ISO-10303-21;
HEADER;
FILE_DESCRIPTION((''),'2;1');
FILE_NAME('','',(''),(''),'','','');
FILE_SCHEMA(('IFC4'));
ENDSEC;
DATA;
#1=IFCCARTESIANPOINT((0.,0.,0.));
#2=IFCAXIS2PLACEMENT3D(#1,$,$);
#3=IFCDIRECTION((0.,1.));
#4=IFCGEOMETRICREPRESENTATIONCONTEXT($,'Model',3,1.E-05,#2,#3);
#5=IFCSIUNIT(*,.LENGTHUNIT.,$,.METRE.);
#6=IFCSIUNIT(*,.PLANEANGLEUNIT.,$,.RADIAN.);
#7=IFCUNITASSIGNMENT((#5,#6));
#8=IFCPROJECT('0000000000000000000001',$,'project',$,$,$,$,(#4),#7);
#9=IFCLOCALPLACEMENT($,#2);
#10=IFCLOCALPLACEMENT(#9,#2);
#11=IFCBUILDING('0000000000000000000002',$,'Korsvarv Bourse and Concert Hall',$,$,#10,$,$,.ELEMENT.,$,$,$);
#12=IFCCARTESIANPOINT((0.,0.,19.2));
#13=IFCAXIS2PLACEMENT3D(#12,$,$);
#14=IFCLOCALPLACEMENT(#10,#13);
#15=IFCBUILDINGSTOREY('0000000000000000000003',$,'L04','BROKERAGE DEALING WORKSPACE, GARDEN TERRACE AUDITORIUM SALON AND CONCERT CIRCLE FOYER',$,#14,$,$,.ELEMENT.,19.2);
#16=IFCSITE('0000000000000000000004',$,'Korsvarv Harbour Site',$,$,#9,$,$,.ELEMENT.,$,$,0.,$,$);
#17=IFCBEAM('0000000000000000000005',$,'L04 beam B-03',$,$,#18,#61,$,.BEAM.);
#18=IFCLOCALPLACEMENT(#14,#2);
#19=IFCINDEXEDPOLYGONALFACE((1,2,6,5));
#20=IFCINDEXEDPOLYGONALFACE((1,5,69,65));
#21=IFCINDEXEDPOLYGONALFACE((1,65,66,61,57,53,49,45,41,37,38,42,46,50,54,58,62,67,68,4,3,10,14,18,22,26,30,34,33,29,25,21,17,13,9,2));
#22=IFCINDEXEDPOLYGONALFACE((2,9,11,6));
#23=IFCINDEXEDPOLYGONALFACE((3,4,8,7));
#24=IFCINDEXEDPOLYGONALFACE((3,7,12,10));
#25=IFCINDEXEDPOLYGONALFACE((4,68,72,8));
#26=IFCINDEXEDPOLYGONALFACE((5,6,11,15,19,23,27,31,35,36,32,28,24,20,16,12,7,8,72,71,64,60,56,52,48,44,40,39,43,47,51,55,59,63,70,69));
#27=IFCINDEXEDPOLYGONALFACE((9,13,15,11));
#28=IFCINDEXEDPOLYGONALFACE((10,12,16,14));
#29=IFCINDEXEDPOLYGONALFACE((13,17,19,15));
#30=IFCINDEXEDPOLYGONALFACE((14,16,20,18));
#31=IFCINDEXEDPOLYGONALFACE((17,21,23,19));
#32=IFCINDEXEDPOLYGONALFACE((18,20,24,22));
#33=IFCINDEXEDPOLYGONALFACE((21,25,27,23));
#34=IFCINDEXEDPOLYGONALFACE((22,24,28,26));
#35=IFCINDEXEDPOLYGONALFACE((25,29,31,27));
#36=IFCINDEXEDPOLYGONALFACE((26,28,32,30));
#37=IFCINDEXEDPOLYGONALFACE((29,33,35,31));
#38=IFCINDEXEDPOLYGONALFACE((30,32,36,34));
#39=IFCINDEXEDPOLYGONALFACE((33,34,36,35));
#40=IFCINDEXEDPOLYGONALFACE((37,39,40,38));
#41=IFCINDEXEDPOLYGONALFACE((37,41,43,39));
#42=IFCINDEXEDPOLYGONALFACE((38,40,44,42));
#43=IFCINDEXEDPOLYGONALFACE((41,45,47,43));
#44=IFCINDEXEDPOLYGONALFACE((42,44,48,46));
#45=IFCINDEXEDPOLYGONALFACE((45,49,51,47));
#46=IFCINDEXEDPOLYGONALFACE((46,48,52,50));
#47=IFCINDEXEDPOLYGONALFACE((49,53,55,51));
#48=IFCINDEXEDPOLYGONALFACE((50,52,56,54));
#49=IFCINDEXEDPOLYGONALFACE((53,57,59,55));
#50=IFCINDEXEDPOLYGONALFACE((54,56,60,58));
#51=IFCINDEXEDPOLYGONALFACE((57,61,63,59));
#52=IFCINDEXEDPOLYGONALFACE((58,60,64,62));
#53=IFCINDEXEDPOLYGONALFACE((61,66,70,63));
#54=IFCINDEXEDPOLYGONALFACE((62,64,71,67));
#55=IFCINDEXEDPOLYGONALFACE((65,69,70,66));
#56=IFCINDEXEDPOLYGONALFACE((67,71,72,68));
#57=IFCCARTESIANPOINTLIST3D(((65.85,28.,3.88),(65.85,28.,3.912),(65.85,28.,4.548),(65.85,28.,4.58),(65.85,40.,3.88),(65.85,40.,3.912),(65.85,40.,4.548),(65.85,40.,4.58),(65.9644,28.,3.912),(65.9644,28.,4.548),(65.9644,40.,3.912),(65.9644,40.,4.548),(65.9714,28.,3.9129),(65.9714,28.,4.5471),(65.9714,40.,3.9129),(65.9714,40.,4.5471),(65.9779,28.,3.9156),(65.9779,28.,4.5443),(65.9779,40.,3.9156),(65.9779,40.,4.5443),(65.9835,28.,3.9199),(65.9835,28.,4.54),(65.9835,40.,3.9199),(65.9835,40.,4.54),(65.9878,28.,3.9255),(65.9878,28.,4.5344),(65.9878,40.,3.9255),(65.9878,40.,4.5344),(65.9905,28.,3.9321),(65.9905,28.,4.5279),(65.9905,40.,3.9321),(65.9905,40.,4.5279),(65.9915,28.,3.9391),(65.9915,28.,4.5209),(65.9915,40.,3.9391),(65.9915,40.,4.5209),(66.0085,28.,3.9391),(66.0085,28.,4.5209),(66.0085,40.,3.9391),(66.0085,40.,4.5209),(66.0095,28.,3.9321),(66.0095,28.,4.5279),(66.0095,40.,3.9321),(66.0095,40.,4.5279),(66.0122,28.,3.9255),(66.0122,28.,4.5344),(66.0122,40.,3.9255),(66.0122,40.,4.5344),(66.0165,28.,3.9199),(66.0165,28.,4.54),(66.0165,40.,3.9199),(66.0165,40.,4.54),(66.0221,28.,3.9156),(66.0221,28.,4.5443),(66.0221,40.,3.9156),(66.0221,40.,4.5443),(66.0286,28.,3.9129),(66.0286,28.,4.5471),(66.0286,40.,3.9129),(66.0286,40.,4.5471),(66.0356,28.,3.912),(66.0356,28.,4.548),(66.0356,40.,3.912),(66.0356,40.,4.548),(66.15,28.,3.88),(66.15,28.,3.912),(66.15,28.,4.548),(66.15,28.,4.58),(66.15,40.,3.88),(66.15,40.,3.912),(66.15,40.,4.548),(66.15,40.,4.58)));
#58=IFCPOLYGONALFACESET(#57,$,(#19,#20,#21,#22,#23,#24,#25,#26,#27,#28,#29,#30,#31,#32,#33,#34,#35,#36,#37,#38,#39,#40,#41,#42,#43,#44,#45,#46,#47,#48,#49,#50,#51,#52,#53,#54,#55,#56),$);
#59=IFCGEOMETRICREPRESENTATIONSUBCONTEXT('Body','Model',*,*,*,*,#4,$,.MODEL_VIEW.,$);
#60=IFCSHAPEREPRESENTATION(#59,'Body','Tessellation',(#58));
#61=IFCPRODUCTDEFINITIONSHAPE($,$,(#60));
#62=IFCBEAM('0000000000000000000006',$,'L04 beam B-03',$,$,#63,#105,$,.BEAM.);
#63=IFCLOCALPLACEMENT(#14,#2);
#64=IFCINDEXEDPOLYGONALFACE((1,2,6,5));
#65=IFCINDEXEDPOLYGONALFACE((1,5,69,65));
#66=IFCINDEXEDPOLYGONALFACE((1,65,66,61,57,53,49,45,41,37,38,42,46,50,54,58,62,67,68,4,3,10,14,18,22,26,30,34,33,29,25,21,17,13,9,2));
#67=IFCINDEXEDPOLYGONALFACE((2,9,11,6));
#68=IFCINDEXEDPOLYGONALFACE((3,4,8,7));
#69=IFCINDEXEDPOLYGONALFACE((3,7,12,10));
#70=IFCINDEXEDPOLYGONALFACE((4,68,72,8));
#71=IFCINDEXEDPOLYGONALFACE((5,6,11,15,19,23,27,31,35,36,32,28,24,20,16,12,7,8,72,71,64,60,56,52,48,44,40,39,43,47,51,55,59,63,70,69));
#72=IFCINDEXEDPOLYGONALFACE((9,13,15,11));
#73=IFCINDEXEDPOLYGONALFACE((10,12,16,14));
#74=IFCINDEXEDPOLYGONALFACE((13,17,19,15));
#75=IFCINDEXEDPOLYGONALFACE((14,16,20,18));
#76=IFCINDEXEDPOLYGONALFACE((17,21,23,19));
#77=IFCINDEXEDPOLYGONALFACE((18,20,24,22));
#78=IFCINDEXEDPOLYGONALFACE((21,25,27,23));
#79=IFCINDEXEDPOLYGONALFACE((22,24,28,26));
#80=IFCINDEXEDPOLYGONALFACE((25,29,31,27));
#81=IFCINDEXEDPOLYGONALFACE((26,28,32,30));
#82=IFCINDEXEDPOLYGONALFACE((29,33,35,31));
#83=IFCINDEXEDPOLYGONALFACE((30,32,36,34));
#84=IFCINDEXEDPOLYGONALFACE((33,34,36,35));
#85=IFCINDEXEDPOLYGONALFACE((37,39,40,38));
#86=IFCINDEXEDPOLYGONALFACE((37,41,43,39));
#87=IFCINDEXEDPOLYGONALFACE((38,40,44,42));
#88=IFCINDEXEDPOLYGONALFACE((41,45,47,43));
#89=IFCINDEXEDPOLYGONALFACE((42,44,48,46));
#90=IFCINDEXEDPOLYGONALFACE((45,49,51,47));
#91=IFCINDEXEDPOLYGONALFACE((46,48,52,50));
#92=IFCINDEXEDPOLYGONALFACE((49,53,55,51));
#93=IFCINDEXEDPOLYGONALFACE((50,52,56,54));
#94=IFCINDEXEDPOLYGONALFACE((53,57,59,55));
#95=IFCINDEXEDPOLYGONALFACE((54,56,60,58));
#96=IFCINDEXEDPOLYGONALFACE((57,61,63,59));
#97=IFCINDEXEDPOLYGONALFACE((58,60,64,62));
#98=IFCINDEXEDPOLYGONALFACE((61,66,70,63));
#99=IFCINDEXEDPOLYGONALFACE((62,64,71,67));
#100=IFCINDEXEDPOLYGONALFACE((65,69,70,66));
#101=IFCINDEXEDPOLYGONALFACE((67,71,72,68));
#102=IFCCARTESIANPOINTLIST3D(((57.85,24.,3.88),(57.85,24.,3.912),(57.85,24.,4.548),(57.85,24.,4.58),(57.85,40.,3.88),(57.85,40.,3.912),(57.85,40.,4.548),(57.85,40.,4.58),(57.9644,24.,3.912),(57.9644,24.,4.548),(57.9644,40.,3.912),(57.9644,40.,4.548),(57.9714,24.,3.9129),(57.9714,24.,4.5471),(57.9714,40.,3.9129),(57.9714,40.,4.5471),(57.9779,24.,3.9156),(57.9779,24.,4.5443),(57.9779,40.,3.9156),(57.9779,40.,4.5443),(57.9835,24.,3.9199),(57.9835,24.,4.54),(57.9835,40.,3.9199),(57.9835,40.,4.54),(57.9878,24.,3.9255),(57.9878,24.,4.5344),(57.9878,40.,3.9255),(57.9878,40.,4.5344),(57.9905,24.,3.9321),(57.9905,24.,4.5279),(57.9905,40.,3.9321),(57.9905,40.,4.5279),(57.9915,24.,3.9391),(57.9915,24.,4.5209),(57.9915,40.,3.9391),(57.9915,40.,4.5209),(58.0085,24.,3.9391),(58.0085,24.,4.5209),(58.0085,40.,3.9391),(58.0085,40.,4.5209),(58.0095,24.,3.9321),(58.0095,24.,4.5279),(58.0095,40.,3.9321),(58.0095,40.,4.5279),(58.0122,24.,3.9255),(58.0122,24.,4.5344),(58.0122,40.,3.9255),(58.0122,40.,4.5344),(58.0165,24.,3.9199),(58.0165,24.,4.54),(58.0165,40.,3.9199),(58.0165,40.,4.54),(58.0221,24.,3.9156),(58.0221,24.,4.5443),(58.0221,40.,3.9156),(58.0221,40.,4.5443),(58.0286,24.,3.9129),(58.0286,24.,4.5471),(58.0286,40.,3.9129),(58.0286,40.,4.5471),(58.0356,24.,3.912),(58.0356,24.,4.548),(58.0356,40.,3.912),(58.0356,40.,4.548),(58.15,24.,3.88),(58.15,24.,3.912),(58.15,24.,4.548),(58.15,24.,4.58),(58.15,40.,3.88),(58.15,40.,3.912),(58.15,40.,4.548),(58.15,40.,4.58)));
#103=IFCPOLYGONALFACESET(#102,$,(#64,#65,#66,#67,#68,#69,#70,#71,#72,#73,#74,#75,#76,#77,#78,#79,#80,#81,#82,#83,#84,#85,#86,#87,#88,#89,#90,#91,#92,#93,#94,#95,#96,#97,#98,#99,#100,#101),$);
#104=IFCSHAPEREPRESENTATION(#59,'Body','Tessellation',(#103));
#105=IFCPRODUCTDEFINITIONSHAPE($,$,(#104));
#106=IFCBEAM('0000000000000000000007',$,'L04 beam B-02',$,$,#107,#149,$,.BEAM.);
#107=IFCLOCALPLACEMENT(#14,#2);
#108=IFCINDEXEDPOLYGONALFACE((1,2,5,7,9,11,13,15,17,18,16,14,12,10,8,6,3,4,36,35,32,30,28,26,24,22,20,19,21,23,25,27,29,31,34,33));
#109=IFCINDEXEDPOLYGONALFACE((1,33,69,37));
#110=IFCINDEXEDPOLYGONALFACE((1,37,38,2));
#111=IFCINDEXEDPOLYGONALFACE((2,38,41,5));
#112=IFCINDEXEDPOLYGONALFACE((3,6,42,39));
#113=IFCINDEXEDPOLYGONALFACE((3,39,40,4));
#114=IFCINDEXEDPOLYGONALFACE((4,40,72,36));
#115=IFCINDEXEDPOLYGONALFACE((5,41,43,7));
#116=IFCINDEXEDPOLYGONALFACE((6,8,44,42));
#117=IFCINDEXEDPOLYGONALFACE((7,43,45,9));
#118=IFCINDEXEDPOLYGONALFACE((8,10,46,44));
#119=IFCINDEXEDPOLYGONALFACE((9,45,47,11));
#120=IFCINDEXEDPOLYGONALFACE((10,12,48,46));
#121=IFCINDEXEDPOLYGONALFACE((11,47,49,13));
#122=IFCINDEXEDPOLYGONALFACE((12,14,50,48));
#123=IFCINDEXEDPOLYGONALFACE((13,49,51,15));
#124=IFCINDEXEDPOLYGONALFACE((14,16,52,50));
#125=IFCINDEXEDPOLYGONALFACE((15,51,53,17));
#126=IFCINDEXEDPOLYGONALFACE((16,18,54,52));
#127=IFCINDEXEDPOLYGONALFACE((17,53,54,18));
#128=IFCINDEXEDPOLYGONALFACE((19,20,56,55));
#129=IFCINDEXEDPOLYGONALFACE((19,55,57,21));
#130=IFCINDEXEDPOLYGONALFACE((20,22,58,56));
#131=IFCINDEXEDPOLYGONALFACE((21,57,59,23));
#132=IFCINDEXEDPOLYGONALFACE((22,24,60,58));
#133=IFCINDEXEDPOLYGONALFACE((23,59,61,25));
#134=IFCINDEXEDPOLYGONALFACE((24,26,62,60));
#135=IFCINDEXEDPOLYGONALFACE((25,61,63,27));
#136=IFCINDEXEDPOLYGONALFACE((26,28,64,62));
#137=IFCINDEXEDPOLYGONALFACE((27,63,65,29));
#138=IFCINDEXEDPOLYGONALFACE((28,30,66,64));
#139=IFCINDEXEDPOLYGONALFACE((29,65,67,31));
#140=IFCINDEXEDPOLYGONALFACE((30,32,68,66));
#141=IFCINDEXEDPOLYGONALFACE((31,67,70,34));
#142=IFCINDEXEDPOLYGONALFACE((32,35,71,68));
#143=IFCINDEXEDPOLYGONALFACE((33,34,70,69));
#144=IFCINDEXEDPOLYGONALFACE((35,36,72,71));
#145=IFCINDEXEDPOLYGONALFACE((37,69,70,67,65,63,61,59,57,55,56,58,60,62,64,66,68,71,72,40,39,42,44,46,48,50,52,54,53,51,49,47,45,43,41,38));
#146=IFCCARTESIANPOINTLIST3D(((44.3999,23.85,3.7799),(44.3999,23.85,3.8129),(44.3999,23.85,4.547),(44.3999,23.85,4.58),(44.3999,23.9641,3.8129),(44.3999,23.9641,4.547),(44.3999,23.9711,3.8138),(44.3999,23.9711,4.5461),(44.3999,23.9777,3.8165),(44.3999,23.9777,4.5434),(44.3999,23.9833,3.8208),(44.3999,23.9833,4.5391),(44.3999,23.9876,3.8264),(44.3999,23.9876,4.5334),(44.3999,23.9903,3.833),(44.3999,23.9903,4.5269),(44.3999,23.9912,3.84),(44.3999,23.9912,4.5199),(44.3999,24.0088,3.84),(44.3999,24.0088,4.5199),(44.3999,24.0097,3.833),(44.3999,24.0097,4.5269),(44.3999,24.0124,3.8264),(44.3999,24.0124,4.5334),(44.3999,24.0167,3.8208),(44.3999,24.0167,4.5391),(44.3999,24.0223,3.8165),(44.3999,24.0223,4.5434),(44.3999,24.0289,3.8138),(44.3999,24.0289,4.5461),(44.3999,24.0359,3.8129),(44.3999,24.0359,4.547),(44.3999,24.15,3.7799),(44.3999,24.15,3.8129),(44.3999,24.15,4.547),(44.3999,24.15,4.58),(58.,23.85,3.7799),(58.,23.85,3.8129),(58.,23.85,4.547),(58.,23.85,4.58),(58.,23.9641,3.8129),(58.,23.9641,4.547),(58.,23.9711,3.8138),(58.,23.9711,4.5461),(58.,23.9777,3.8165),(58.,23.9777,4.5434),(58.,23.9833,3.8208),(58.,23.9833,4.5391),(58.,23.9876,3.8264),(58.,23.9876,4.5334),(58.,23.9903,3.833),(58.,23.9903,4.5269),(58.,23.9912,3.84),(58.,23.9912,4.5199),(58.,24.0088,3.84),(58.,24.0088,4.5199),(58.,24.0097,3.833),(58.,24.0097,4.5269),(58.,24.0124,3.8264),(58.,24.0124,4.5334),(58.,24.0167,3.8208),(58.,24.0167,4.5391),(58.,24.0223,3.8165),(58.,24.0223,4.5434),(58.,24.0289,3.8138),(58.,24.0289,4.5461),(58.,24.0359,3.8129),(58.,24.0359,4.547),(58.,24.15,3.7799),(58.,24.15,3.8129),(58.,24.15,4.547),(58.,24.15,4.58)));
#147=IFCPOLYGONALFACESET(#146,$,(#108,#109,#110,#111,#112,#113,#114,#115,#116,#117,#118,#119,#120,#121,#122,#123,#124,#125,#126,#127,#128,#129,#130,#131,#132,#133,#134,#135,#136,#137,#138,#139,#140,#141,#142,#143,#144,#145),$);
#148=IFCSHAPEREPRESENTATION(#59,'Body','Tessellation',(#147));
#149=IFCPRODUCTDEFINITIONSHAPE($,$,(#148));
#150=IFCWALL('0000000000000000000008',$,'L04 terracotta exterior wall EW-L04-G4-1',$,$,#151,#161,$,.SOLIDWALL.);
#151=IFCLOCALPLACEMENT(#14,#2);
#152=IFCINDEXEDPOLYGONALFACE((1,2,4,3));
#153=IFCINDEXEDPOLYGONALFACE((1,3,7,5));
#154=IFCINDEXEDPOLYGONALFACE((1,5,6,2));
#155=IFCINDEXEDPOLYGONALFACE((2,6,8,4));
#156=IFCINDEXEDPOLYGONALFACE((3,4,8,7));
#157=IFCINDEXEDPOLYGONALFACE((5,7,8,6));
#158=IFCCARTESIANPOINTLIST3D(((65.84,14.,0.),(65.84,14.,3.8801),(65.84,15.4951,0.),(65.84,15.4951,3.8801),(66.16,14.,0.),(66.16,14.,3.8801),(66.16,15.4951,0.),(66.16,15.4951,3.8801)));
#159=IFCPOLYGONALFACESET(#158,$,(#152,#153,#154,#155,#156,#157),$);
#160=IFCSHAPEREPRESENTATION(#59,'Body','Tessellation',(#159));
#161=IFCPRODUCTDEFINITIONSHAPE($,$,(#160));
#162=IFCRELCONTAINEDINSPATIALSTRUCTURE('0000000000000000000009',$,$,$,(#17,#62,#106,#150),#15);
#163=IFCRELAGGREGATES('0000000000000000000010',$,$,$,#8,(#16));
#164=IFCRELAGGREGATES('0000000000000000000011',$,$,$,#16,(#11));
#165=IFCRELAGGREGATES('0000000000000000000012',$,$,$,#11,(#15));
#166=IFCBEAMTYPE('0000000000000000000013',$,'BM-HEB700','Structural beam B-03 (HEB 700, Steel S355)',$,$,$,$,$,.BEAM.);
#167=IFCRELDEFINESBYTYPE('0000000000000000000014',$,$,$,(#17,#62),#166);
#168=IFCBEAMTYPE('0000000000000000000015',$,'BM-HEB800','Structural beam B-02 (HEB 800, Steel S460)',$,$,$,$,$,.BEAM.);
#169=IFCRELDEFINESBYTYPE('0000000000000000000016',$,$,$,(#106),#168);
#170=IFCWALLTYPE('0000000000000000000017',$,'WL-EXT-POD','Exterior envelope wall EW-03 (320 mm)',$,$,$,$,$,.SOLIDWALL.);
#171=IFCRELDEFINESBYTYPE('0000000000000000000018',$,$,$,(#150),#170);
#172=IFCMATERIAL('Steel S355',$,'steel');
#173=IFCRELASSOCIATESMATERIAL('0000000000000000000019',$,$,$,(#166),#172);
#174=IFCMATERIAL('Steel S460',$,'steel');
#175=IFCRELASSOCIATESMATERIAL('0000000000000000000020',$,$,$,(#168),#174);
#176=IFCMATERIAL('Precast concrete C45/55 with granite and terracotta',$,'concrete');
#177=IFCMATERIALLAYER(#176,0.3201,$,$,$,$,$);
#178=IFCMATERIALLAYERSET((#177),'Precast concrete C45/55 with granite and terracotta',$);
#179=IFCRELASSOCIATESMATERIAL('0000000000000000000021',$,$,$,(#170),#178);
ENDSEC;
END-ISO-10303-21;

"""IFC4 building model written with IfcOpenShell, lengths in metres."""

from ifc_helpers import new_model, si_unit, direction, frame, frame_2d, origin, origin_2d, place, context, subcontext, project, spatial, rectangle, i_section, extrude, source, transform, mapped, material, layer, layer_set, material_profile, profile_set, type_object, element, save


model = new_model("IFC4")

# Units and contexts
model_context = context("Model", 3, precision=1e-05, world=origin(), true_north=direction((0.0, 1.0)))
body_context = subcontext(model_context, "Body", "Model", "MODEL_VIEW")
ifc_project = project(units=[si_unit("LENGTHUNIT", "METRE"), si_unit("PLANEANGLEUNIT", "RADIAN")], contexts=[model_context])

# Site, building, storey
site_placement = place(None, origin())
site = spatial("IfcSite", under=ifc_project, at=site_placement, Name="Korsvarv Harbour Site", CompositionType="ELEMENT", RefElevation=0.0)
building_placement = place(site_placement, origin())
building = spatial("IfcBuilding", under=site, at=building_placement, Name="Korsvarv Bourse and Concert Hall", CompositionType="ELEMENT")
storey_placement = place(building_placement, frame((0.0, 0.0, 19.2)))
storey = spatial("IfcBuildingStorey", under=building, at=storey_placement, Name="L04", Description="BROKERAGE DEALING WORKSPACE, GARDEN TERRACE AUDITORIUM SALON AND CONCERT CIRCLE FOYER", CompositionType="ELEMENT", Elevation=19.2)

# Shared definitions
ifc_material_1 = material(Name="Steel S460", Category="steel")

# Beams
ifc_material_2 = material(Name="Steel S355", Category="steel")
ifc_material_profile_1 = material_profile(ifc_material_2, i_section(OverallWidth=0.3, OverallDepth=0.7, WebThickness=0.0171, FlangeThickness=0.032, FilletRadius=0.0271, at=origin_2d()), Name="HEB 700")
ifc_profile_set_1 = profile_set([ifc_material_profile_1], Name="Steel S355")
beam_type_1 = type_object("IfcBeamType", Name="BM-HEB700", Description="Structural beam B-03 (HEB 700, Steel S355)", PredefinedType="BEAM", material=ifc_profile_set_1)
shared_shape_1 = source(origin(), body_context, "Body", "SweptSolid", [
    extrude(i_section(OverallWidth=0.3, OverallDepth=0.7, WebThickness=0.0171, FlangeThickness=0.032, FilletRadius=0.0271, at=origin_2d()), origin(), (0.0, 0.0, 1.0), 12.0),
])
for number, where, z_axis, x_axis, name in (
    (1, (66.0, 28.0, 4.23), (0.0, 1.0, 0.0), (-1.0, 0.0, 0.0), "L04 beam B-03"),
):
    element("IfcBeam", number, at=place(storey_placement, frame(where, z_axis=z_axis, x_axis=x_axis)), inside=storey, type_object=beam_type_1, Name=name, PredefinedType="BEAM", context=body_context, shape_type="MappedRepresentation", body=[
        mapped(shared_shape_1, transform((0.0, 0.0, 0.0), scale=1.0)),
    ])
shared_shape_2 = source(origin(), body_context, "Body", "SweptSolid", [
    extrude(i_section(OverallWidth=0.3, OverallDepth=0.7, WebThickness=0.0171, FlangeThickness=0.032, FilletRadius=0.0271, at=origin_2d()), origin(), (0.0, 0.0, 1.0), 16.0),
])
beam_1_placement = place(storey_placement, frame((58.0, 24.0, 4.23), z_axis=(0.0, 1.0, 0.0), x_axis=(-1.0, 0.0, 0.0)))
element("IfcBeam", 2, at=beam_1_placement, inside=storey, type_object=beam_type_1, Name="L04 beam B-03", PredefinedType="BEAM", context=body_context, shape_type="MappedRepresentation", body=[
    mapped(shared_shape_2, transform((0.0, 0.0, 0.0), scale=1.0)),
])
ifc_material_profile_2 = material_profile(ifc_material_1, i_section(OverallWidth=0.3, OverallDepth=0.8, WebThickness=0.0176, FlangeThickness=0.033, FilletRadius=0.0271, at=origin_2d()), Name="HEB 800")
ifc_profile_set_2 = profile_set([ifc_material_profile_2], Name="Steel S460")
beam_type_2 = type_object("IfcBeamType", Name="BM-HEB800", Description="Structural beam B-02 (HEB 800, Steel S460)", PredefinedType="BEAM", material=ifc_profile_set_2)
shared_shape_3 = source(origin(), body_context, "Body", "SweptSolid", [
    extrude(i_section(OverallWidth=0.3, OverallDepth=0.8, WebThickness=0.0176, FlangeThickness=0.033, FilletRadius=0.0271, at=origin_2d()), origin(), (0.0, 0.0, 1.0), 13.6001),
])
beam_2_placement = place(storey_placement, frame((44.3999, 24.0, 4.1799), z_axis=(1.0, 0.0, 0.0), x_axis=(0.0, 1.0, 0.0)))
element("IfcBeam", 3, at=beam_2_placement, inside=storey, type_object=beam_type_2, Name="L04 beam B-02", PredefinedType="BEAM", context=body_context, shape_type="MappedRepresentation", body=[
    mapped(shared_shape_3, transform((0.0, 0.0, 0.0), scale=1.0)),
])

# Wall
ifc_material_3 = material(Name="Precast concrete C45/55 with granite and terracotta", Category="concrete")
ifc_layer_1 = layer(ifc_material_3, 0.3201)
ifc_layer_set_1 = layer_set([ifc_layer_1], Name="Precast concrete C45/55 with granite and terracotta")
wall_type_1 = type_object("IfcWallType", Name="WL-EXT-POD", Description="Exterior envelope wall EW-03 (320 mm)", PredefinedType="SOLIDWALL", material=ifc_layer_set_1)
wall_1_placement = place(storey_placement, frame((66.0, 14.0, 0.0), z_axis=(0.0, 0.0, 1.0), x_axis=(0.0, 1.0, 0.0)))
element("IfcWall", 4, at=wall_1_placement, inside=storey, type_object=wall_type_1, Name="L04 terracotta exterior wall EW-L04-G4-1", PredefinedType="SOLIDWALL", context=body_context, shape_type="SweptSolid", body=[
    extrude(rectangle(XDim=1.4951, YDim=0.3201, at=frame_2d((0.7476, 0.0))), origin(), (0.0, 0.0, 1.0), 3.8801),
])

save(model, "model.ifc")
